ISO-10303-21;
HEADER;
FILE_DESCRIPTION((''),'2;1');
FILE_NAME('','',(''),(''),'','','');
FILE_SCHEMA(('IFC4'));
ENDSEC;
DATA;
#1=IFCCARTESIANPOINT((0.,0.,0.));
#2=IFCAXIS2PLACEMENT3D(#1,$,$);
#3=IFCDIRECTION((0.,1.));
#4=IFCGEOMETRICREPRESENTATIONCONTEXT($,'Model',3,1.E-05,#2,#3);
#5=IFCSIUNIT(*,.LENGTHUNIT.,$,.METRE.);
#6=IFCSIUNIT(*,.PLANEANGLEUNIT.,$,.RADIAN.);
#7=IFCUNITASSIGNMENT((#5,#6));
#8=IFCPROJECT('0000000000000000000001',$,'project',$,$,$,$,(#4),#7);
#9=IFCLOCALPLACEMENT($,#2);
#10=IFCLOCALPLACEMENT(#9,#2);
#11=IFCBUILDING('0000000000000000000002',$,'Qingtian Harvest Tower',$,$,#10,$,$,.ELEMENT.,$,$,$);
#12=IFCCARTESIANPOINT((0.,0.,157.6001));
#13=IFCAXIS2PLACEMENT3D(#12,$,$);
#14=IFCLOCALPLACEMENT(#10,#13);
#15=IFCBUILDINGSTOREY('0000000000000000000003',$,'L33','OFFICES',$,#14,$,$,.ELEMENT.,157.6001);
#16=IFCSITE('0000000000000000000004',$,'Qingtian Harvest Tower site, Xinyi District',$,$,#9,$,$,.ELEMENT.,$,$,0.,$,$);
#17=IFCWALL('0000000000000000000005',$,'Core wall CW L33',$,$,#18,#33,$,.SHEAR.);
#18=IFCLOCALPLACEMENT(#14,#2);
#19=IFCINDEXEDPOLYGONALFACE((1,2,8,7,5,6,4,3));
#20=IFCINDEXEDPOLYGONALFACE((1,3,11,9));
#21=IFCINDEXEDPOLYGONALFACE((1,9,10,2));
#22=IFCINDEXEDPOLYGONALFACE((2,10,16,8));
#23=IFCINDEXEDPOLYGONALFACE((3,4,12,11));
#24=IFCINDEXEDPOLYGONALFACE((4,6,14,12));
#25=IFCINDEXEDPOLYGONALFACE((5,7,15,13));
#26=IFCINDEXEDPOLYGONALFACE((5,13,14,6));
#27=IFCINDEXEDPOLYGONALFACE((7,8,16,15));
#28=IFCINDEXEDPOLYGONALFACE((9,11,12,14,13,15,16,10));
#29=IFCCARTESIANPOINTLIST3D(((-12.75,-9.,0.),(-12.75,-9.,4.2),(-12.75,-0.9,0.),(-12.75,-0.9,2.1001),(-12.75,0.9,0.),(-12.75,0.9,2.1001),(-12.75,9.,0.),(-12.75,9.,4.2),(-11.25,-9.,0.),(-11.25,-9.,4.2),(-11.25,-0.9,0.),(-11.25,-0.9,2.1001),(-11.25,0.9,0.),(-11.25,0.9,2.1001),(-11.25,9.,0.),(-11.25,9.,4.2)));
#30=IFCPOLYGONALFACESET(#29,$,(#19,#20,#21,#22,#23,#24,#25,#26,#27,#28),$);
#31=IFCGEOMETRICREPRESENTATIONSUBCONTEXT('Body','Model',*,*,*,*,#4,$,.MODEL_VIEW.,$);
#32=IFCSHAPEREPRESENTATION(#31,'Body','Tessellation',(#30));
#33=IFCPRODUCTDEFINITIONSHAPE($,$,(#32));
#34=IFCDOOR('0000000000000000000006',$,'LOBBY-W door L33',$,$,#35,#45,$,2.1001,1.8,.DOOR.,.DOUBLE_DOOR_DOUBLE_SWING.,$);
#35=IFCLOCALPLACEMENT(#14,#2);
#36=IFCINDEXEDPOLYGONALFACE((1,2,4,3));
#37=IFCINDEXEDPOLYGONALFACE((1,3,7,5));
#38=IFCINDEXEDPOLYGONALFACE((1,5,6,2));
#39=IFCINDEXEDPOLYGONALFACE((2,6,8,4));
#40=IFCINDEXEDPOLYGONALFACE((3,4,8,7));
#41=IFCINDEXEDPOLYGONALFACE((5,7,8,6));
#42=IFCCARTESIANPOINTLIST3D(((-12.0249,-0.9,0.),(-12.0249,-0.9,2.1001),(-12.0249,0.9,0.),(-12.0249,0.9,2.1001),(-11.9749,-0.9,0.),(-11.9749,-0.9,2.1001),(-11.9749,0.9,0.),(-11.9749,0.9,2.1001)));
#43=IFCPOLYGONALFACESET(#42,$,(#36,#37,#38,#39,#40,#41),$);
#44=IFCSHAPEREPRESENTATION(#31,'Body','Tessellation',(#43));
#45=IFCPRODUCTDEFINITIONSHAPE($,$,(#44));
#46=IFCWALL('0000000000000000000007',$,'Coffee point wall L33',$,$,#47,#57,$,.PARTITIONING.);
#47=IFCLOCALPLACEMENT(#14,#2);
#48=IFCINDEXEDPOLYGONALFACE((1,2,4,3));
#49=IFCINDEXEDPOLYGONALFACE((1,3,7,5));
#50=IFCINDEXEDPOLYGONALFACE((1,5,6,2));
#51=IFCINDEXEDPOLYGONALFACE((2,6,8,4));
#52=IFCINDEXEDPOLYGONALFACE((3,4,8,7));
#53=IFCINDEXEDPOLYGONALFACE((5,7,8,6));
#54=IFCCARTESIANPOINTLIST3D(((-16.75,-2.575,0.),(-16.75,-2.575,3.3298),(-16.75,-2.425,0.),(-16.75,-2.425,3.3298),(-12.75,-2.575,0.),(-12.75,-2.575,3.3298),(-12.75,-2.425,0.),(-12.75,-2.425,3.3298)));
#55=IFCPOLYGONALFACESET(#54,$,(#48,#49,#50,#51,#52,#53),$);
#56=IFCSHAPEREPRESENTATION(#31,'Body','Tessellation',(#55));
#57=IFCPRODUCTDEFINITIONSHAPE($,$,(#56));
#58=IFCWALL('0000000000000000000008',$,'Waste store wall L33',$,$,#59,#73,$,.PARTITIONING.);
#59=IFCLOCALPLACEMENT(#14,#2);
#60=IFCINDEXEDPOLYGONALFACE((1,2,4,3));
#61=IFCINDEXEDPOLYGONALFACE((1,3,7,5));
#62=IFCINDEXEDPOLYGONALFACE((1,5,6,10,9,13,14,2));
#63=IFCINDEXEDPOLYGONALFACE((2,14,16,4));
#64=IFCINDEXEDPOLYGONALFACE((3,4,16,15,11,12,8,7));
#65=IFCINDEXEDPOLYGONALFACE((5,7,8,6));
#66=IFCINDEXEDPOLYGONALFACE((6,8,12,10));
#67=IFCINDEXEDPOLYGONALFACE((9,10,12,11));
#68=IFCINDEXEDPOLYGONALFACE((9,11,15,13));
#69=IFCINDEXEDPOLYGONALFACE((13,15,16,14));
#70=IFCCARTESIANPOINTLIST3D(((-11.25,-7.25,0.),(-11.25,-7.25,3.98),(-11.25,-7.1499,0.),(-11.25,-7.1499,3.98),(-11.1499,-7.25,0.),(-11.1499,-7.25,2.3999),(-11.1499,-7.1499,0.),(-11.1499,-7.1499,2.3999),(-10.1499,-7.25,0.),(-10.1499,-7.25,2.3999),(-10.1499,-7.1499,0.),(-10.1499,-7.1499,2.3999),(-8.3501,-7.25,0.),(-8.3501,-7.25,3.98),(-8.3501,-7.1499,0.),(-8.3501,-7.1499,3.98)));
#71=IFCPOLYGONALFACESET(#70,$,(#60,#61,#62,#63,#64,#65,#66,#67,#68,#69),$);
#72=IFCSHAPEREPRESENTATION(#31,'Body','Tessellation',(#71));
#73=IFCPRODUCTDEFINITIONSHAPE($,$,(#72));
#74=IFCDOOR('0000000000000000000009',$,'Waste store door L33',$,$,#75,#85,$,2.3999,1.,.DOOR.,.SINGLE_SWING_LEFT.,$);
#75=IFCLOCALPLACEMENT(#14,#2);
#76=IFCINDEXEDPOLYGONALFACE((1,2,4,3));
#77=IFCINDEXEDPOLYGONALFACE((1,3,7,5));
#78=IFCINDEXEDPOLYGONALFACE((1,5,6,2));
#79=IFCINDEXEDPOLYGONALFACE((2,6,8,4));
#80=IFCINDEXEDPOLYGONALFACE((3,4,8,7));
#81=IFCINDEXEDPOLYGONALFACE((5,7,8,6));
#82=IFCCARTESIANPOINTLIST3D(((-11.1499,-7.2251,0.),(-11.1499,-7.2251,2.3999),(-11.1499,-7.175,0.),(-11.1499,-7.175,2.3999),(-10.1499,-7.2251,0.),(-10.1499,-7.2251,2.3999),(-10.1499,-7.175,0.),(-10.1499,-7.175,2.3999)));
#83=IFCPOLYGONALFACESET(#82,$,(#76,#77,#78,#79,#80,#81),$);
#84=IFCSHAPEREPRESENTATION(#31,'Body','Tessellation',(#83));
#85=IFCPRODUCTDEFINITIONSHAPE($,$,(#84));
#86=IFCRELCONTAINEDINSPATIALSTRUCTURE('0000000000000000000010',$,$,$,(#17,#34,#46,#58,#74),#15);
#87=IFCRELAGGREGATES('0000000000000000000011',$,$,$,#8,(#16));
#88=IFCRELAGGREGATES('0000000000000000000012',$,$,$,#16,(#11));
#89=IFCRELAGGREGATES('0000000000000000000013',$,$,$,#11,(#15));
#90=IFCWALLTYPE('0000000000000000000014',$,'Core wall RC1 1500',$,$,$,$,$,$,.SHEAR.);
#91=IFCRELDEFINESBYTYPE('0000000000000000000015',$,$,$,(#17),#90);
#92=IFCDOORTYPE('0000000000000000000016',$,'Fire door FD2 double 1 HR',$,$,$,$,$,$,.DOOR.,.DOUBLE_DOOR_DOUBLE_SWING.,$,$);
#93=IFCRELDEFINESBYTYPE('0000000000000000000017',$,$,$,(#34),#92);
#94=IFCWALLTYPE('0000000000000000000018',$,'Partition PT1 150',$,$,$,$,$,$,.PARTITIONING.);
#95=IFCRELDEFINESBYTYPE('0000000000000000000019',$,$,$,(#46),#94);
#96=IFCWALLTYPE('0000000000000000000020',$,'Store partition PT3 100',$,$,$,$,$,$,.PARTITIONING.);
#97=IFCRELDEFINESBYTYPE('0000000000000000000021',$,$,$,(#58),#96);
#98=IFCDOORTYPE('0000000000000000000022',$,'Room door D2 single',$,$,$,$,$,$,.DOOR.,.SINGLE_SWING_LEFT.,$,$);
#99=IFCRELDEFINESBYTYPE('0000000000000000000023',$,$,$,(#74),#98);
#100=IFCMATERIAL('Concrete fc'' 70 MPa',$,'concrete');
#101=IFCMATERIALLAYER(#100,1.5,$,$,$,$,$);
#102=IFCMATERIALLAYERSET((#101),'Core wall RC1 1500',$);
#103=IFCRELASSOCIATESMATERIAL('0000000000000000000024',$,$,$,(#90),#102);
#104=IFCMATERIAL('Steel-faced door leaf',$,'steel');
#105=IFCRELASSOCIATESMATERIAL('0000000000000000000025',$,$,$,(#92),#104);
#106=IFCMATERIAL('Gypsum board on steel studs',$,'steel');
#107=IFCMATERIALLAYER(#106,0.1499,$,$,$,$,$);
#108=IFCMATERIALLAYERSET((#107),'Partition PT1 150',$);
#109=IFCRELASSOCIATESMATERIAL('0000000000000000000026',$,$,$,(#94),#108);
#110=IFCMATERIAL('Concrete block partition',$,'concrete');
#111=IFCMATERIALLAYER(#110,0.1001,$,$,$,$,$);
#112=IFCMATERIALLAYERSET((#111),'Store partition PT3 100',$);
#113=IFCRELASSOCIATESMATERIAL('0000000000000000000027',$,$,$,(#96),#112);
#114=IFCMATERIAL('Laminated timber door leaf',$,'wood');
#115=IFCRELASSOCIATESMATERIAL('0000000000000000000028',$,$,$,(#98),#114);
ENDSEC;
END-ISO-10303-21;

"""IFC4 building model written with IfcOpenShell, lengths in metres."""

from ifc_helpers import new_model, si_unit, direction, frame, frame_2d, origin, place, context, subcontext, project, spatial, rectangle, extrude, material, layer, layer_set, type_object, element, fill, save


model = new_model("IFC4")

# Units and contexts
model_context = context("Model", 3, precision=1e-05, world=origin(), true_north=direction((0.0, 1.0)))
body_context = subcontext(model_context, "Body", "Model", "MODEL_VIEW")
ifc_project = project(units=[si_unit("LENGTHUNIT", "METRE"), si_unit("PLANEANGLEUNIT", "RADIAN")], contexts=[model_context])

# Site, building, storey
site_placement = place(None, origin())
site = spatial("IfcSite", under=ifc_project, at=site_placement, Name="Qingtian Harvest Tower site, Xinyi District", CompositionType="ELEMENT", RefElevation=0.0)
building_placement = place(site_placement, origin())
building = spatial("IfcBuilding", under=site, at=building_placement, Name="Qingtian Harvest Tower", CompositionType="ELEMENT")
storey_placement = place(building_placement, frame((0.0, 0.0, 157.6001)))
storey = spatial("IfcBuildingStorey", under=building, at=storey_placement, Name="L33", Description="OFFICES", CompositionType="ELEMENT", Elevation=157.6001)

# Wall, opening, door
ifc_material_1 = material(Name="Concrete fc' 70 MPa", Category="concrete")
ifc_layer_1 = layer(ifc_material_1, 1.5)
ifc_layer_set_1 = layer_set([ifc_layer_1], Name="Core wall RC1 1500")
wall_type_1 = type_object("IfcWallType", Name="Core wall RC1 1500", PredefinedType="SHEAR", material=ifc_layer_set_1)
wall_1_placement = place(storey_placement, frame((-12.0, -9.0, 0.0), z_axis=(0.0, 0.0, 1.0), x_axis=(0.0, 1.0, 0.0)))
wall_1 = element("IfcWall", 1, at=wall_1_placement, inside=storey, type_object=wall_type_1, Name="Core wall CW L33", PredefinedType="SHEAR", context=body_context, shape_type="SweptSolid", body=[
    extrude(rectangle(XDim=18.0, YDim=1.5, at=frame_2d((9.0, 0.0))), origin(), (0.0, 0.0, 1.0), 4.2),
])
opening_1_placement = place(wall_1_placement, frame((8.1001, 0.0, 0.0)))
opening_1 = element("IfcOpeningElement", 2, at=opening_1_placement, cuts=wall_1, PredefinedType="OPENING", context=body_context, shape_type="SweptSolid", body=[
    extrude(rectangle(XDim=1.8, YDim=2.1001, at=frame_2d((0.8999, 1.05))), frame((0.0, 0.76, 0.0), z_axis=(0.0, -1.0, 0.0), x_axis=(1.0, 0.0, 0.0)), (0.0, 0.0, 1.0), 1.52),
])
ifc_material_2 = material(Name="Steel-faced door leaf", Category="steel")
door_type_1 = type_object("IfcDoorType", Name="Fire door FD2 double 1 HR", OperationType="DOUBLE_DOOR_DOUBLE_SWING", PredefinedType="DOOR", material=ifc_material_2)
door_1_placement = place(opening_1_placement, origin())
door_1 = element("IfcDoor", 3, at=door_1_placement, inside=storey, type_object=door_type_1, Name="LOBBY-W door L33", OperationType="DOUBLE_DOOR_DOUBLE_SWING", OverallHeight=2.1001, OverallWidth=1.8, PredefinedType="DOOR", context=body_context, shape_type="SweptSolid", body=[
    extrude(rectangle(XDim=1.8, YDim=2.1001, at=frame_2d((0.8999, 1.05))), frame((0.0, 0.0249, 0.0), z_axis=(0.0, -1.0, 0.0), x_axis=(1.0, 0.0, 0.0)), (0.0, 0.0, 1.0), 0.05),
])
fill(opening_1, door_1)

# Wall
ifc_material_3 = material(Name="Gypsum board on steel studs", Category="steel")
ifc_layer_2 = layer(ifc_material_3, 0.1499)
ifc_layer_set_2 = layer_set([ifc_layer_2], Name="Partition PT1 150")
wall_type_2 = type_object("IfcWallType", Name="Partition PT1 150", PredefinedType="PARTITIONING", material=ifc_layer_set_2)
wall_2_placement = place(storey_placement, frame((-12.75, -2.5, 0.0), z_axis=(0.0, 0.0, 1.0), x_axis=(-1.0, 0.0, 0.0)))
element("IfcWall", 4, at=wall_2_placement, inside=storey, type_object=wall_type_2, Name="Coffee point wall L33", PredefinedType="PARTITIONING", context=body_context, shape_type="SweptSolid", body=[
    extrude(rectangle(XDim=4.0, YDim=0.1499, at=frame_2d((2.0, 0.0))), origin(), (0.0, 0.0, 1.0), 3.3298),
])

# Wall, opening, door
ifc_material_4 = material(Name="Concrete block partition", Category="concrete")
ifc_layer_3 = layer(ifc_material_4, 0.1001)
ifc_layer_set_3 = layer_set([ifc_layer_3], Name="Store partition PT3 100")
wall_type_3 = type_object("IfcWallType", Name="Store partition PT3 100", PredefinedType="PARTITIONING", material=ifc_layer_set_3)
wall_3_placement = place(storey_placement, frame((-11.25, -7.2, 0.0), z_axis=(0.0, 0.0, 1.0), x_axis=(1.0, 0.0, 0.0)))
wall_3 = element("IfcWall", 5, at=wall_3_placement, inside=storey, type_object=wall_type_3, Name="Waste store wall L33", PredefinedType="PARTITIONING", context=body_context, shape_type="SweptSolid", body=[
    extrude(rectangle(XDim=2.8999, YDim=0.1001, at=frame_2d((1.45, 0.0))), origin(), (0.0, 0.0, 1.0), 3.98),
])
opening_2_placement = place(wall_3_placement, frame((0.1001, 0.0, 0.0)))
opening_2 = element("IfcOpeningElement", 6, at=opening_2_placement, cuts=wall_3, PredefinedType="OPENING", context=body_context, shape_type="SweptSolid", body=[
    extrude(rectangle(XDim=1.0, YDim=2.3999, at=frame_2d((0.5, 1.2))), frame((0.0, 0.0601, 0.0), z_axis=(0.0, -1.0, 0.0), x_axis=(1.0, 0.0, 0.0)), (0.0, 0.0, 1.0), 0.1201),
])
ifc_material_5 = material(Name="Laminated timber door leaf", Category="wood")
door_type_2 = type_object("IfcDoorType", Name="Room door D2 single", OperationType="SINGLE_SWING_LEFT", PredefinedType="DOOR", material=ifc_material_5)
door_2_placement = place(opening_2_placement, origin())
door_2 = element("IfcDoor", 7, at=door_2_placement, inside=storey, type_object=door_type_2, Name="Waste store door L33", OperationType="SINGLE_SWING_LEFT", OverallHeight=2.3999, OverallWidth=1.0, PredefinedType="DOOR", context=body_context, shape_type="SweptSolid", body=[
    extrude(rectangle(XDim=1.0, YDim=2.3999, at=frame_2d((0.5, 1.2))), frame((0.0, 0.0249, 0.0), z_axis=(0.0, -1.0, 0.0), x_axis=(1.0, 0.0, 0.0)), (0.0, 0.0, 1.0), 0.05),
])
fill(opening_2, door_2)

save(model, "model.ifc")
